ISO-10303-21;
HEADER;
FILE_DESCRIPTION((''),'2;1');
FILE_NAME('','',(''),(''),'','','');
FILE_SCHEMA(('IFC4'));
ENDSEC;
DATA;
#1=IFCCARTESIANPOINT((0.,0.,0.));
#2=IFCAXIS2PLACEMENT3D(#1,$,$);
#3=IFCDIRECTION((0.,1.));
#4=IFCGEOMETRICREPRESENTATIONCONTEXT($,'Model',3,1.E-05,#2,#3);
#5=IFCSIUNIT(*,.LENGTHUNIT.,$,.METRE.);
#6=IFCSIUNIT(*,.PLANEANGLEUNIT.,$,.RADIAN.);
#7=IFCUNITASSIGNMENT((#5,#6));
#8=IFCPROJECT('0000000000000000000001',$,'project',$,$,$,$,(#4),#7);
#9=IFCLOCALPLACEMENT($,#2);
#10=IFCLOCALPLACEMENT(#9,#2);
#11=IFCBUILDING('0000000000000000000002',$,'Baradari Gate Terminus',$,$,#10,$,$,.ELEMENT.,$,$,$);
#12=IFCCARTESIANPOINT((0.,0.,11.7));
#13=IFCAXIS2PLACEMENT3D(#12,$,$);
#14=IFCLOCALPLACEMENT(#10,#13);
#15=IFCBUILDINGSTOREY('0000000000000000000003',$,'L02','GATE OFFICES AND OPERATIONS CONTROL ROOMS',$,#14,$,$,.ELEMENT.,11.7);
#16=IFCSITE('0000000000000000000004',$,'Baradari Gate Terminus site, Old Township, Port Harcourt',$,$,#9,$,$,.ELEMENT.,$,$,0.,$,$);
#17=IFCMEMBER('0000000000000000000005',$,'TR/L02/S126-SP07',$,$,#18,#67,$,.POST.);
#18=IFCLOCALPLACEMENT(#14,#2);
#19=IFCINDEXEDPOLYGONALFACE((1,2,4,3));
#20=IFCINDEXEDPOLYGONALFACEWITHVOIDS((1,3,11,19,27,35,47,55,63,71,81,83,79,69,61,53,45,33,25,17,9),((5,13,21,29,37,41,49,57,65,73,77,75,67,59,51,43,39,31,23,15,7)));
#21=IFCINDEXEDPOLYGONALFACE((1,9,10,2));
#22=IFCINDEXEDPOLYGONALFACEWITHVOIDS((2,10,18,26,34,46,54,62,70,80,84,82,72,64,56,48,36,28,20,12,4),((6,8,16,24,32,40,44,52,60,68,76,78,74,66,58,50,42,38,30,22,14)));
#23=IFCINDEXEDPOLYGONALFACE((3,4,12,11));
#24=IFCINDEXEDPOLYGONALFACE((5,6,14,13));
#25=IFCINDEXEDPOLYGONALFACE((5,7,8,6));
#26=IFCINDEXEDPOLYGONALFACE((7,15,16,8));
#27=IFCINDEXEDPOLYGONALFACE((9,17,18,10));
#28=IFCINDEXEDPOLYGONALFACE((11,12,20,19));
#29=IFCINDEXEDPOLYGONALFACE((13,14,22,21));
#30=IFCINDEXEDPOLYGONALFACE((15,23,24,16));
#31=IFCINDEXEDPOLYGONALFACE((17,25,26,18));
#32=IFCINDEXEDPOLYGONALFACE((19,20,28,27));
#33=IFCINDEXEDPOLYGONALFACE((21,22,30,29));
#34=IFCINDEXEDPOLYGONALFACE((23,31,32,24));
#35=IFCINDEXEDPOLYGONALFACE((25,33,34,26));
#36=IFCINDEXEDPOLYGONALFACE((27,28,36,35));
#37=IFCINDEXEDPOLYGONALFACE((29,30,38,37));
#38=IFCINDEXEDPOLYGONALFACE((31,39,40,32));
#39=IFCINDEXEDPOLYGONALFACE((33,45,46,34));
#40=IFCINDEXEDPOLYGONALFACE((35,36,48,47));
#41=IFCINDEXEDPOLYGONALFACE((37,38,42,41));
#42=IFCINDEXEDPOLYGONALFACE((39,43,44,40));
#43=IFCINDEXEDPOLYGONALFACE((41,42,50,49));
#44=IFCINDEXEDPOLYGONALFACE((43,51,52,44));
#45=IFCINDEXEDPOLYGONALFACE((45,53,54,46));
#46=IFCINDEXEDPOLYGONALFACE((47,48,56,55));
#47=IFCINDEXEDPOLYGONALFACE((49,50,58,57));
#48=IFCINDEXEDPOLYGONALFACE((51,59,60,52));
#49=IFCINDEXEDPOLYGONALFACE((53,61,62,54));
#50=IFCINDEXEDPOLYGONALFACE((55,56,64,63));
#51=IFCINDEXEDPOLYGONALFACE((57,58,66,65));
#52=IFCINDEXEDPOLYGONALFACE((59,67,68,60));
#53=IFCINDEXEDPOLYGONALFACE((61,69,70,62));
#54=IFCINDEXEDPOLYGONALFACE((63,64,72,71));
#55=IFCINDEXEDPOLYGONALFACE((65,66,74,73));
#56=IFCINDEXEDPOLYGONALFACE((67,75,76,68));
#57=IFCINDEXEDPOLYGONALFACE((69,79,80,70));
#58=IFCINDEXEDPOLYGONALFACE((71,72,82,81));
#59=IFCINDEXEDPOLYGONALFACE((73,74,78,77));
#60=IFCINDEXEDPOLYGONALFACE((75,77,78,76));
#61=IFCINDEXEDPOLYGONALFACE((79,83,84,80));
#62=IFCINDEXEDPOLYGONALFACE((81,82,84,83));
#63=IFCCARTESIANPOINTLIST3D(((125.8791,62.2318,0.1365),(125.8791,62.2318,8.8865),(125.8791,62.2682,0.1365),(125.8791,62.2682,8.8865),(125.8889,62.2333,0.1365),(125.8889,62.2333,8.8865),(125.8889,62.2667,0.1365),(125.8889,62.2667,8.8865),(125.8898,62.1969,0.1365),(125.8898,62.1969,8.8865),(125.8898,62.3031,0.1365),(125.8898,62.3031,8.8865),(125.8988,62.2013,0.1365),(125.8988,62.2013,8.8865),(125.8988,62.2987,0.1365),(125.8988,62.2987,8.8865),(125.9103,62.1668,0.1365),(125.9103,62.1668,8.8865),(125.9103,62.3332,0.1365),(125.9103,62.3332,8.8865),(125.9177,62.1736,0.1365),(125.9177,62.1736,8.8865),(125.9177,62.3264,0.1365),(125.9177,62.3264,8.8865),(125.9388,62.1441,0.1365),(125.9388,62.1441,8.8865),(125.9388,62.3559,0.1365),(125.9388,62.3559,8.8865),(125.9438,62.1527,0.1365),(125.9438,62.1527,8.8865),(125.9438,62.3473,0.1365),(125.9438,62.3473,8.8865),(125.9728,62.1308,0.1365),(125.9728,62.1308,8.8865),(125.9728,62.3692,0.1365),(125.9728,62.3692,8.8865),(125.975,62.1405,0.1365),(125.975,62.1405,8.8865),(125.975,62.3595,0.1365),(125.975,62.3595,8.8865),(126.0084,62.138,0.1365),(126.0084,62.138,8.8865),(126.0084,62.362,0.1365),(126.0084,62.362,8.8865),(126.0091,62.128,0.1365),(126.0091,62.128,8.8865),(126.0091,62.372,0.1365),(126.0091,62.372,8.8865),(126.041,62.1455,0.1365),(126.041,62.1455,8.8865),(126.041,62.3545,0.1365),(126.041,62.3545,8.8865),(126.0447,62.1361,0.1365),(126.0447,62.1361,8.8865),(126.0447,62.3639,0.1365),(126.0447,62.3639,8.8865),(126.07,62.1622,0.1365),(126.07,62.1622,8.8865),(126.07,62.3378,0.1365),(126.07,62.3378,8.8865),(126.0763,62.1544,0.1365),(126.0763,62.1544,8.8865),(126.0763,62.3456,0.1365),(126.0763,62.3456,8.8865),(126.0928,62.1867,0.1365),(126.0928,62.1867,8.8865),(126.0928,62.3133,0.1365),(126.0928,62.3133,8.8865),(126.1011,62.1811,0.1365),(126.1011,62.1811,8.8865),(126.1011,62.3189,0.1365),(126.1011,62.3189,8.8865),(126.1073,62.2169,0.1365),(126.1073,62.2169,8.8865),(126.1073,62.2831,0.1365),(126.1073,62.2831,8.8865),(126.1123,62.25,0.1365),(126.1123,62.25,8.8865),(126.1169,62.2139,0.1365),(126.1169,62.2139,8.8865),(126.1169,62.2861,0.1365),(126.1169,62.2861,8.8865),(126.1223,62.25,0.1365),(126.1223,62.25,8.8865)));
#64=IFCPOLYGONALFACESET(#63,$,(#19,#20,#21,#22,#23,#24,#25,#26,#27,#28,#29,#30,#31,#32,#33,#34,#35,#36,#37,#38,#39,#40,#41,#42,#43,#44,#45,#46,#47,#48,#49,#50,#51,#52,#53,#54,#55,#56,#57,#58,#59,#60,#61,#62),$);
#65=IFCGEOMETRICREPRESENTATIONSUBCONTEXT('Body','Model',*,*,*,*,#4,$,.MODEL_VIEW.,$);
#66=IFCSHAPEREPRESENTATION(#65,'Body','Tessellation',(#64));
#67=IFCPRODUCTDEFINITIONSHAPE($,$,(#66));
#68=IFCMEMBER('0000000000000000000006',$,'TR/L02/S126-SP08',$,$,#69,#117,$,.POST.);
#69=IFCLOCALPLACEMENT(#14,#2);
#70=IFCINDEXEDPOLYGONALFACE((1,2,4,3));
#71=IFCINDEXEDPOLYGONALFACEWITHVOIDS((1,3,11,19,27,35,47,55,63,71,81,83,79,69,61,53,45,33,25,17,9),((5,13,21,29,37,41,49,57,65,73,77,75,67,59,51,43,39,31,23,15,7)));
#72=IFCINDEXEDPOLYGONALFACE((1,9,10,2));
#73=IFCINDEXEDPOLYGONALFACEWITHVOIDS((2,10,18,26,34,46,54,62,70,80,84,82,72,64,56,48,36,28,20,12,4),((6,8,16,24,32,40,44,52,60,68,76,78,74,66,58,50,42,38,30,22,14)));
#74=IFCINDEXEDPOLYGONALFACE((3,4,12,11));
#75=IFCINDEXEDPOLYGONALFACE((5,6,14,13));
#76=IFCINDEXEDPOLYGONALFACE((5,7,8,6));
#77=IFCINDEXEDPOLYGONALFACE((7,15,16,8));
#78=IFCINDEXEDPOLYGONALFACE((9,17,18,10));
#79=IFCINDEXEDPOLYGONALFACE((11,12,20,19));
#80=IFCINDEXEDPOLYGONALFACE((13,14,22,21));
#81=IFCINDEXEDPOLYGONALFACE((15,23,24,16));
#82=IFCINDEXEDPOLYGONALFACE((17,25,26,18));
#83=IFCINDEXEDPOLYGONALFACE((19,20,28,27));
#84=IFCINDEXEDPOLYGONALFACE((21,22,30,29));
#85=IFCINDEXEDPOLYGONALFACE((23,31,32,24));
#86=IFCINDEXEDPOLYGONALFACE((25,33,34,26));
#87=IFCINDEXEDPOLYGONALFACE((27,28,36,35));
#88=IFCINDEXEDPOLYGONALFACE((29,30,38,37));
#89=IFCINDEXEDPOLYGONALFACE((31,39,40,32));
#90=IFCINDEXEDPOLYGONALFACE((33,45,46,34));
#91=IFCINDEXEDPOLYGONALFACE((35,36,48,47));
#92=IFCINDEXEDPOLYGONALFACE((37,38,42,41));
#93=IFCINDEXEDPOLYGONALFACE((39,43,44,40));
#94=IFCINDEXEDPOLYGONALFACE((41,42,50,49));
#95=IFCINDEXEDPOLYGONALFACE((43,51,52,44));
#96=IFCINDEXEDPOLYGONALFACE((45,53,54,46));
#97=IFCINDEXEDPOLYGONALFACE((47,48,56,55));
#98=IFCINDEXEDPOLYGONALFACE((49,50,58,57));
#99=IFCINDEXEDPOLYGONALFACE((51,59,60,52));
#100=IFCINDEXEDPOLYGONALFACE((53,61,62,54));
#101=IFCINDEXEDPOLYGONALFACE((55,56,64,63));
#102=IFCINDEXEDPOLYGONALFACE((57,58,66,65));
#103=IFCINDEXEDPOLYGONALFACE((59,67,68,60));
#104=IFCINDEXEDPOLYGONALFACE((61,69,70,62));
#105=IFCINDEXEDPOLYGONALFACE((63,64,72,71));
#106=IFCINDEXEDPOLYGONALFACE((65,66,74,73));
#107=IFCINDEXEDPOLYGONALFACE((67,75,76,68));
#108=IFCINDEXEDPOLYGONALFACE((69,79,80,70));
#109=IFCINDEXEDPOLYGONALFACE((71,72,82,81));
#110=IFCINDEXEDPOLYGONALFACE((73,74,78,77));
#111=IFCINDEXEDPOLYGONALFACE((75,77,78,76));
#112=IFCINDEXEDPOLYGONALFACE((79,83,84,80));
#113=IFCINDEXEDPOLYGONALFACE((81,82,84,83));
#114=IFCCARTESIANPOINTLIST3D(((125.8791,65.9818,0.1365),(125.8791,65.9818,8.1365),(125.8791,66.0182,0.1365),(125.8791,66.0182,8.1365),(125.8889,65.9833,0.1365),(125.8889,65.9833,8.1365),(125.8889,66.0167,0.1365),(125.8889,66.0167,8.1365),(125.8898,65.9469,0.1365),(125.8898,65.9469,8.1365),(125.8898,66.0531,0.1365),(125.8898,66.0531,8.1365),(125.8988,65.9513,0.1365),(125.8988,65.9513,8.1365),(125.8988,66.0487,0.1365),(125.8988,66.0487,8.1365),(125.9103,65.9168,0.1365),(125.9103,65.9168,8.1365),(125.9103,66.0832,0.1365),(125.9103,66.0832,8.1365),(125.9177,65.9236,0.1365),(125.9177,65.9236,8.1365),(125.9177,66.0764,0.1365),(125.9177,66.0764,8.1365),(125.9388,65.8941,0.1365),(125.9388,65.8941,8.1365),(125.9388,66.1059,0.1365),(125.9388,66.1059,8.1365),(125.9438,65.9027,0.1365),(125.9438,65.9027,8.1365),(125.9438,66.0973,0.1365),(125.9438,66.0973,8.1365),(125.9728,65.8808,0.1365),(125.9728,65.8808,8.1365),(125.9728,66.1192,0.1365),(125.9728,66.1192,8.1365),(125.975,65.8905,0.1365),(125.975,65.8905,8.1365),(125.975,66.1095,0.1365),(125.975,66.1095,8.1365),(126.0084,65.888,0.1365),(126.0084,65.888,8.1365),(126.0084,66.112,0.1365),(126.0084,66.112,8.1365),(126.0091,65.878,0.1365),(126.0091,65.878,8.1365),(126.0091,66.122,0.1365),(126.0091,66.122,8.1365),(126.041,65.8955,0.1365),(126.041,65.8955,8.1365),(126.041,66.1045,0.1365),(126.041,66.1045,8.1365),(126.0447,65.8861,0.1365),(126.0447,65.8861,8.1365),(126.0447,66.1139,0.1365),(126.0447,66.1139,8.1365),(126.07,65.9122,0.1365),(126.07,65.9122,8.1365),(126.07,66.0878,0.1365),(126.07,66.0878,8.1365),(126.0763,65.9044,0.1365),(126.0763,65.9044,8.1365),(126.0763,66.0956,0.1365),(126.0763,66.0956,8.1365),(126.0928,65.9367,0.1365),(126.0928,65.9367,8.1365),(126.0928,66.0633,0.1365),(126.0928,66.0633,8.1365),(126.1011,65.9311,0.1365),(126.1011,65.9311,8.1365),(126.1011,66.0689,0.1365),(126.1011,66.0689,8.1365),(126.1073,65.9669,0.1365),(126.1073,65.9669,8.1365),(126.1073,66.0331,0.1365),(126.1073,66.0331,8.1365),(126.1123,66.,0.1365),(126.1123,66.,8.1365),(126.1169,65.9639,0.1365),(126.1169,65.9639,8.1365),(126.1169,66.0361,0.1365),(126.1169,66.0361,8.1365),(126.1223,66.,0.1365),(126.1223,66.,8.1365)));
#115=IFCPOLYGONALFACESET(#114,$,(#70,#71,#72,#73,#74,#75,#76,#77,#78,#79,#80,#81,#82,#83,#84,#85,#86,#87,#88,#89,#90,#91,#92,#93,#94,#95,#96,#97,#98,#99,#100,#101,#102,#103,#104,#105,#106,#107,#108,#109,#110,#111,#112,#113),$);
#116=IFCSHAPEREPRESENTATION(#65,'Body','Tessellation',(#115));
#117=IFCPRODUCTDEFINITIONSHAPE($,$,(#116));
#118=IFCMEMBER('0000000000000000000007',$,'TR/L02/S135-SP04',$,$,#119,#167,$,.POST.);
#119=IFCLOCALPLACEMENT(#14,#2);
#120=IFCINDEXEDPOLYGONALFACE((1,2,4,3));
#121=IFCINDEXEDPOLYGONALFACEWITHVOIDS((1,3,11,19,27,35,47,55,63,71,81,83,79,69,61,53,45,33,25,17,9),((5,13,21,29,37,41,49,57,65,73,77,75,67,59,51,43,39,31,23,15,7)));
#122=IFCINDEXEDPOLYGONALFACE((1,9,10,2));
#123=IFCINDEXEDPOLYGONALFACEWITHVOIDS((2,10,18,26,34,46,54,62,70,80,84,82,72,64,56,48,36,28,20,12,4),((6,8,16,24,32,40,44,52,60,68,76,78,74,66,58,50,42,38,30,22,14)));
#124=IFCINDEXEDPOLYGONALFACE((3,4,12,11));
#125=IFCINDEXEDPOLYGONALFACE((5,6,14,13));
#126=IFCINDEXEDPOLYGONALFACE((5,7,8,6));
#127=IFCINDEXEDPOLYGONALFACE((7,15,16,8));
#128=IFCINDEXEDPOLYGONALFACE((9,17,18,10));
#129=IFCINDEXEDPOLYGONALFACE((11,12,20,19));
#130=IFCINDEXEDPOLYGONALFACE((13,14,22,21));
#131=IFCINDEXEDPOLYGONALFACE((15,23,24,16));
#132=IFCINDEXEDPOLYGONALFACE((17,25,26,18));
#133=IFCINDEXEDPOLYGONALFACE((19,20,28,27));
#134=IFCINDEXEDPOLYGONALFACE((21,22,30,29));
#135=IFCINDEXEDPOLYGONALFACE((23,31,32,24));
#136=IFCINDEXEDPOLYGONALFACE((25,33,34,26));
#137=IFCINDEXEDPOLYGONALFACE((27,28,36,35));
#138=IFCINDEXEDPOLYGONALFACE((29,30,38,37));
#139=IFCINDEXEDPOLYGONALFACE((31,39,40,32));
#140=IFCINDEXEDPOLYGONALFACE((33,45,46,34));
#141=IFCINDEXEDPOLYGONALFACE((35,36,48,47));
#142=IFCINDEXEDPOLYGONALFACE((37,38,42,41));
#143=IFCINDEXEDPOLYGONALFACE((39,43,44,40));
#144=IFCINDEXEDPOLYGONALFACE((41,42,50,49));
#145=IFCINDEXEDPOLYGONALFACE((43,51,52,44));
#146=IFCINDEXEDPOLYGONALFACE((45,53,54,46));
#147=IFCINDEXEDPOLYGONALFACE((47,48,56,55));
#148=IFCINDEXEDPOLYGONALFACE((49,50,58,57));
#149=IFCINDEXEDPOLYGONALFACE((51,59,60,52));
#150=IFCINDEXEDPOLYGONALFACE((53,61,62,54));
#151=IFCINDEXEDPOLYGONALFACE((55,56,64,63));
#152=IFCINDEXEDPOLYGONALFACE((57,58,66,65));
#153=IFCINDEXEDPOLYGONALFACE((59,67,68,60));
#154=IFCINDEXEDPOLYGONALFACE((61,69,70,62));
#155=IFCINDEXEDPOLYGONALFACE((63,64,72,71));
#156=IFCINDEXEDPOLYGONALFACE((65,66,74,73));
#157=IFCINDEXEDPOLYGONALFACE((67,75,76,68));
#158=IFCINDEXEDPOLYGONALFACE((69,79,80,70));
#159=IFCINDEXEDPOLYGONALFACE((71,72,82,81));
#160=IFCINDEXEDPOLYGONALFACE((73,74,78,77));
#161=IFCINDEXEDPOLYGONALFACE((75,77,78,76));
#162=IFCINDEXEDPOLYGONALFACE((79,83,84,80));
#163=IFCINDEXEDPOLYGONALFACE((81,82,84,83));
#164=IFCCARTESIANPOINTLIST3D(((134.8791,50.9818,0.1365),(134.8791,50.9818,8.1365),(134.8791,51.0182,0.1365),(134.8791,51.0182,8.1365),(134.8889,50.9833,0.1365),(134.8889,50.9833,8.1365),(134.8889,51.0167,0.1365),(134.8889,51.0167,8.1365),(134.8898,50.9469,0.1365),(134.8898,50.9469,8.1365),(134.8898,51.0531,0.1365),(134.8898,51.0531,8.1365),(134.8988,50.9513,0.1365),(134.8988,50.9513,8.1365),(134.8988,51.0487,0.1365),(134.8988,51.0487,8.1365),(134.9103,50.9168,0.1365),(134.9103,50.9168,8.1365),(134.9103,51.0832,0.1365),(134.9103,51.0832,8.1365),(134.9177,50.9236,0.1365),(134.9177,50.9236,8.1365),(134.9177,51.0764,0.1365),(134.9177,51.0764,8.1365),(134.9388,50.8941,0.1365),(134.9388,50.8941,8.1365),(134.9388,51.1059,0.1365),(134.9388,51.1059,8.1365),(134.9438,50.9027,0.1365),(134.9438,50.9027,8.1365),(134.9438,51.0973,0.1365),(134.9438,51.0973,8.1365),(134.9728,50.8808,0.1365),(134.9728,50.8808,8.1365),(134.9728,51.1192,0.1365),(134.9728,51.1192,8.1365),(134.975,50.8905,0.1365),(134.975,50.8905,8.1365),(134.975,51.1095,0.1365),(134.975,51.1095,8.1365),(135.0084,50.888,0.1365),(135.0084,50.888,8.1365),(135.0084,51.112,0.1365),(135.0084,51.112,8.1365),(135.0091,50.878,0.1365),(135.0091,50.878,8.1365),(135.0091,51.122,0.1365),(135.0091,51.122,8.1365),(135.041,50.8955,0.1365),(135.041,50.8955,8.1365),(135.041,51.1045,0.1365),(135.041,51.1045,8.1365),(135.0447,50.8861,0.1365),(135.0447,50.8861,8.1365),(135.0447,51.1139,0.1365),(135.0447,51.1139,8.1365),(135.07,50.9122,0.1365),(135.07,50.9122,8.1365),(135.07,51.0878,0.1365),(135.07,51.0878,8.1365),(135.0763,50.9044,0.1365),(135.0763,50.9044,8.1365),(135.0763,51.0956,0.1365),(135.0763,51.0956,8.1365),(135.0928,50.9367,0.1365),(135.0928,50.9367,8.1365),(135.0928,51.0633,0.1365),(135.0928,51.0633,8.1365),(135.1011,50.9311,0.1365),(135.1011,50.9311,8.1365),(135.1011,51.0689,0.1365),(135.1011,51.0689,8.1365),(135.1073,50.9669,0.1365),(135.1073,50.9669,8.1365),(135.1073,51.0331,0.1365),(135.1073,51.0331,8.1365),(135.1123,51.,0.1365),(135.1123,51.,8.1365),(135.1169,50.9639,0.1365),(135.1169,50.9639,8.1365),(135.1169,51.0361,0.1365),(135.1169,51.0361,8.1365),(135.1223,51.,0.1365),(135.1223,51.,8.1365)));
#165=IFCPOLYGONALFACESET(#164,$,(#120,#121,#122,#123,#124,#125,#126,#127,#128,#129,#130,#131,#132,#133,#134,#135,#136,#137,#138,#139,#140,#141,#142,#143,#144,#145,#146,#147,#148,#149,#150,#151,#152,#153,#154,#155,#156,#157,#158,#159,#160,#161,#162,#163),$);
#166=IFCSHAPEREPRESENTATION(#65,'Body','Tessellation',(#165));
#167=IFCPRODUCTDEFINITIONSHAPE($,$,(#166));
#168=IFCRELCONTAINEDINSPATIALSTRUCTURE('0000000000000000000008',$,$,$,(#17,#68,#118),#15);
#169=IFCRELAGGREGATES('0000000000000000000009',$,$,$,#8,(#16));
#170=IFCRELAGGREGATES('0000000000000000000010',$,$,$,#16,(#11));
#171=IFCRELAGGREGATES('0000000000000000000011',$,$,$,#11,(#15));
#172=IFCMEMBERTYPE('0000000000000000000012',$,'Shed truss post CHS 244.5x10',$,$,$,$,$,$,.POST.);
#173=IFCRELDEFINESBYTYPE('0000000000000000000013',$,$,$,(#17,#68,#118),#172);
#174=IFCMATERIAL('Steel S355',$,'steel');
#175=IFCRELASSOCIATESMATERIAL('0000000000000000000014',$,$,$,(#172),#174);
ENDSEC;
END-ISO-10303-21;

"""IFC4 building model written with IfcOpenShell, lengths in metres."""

from ifc_helpers import new_model, si_unit, direction, frame, origin, origin_2d, place, context, subcontext, project, spatial, hollow_circle, extrude, material, material_profile, profile_set, type_object, element, save


model = new_model("IFC4")

# Units and contexts
model_context = context("Model", 3, precision=1e-05, world=origin(), true_north=direction((0.0, 1.0)))
body_context = subcontext(model_context, "Body", "Model", "MODEL_VIEW")
ifc_project = project(units=[si_unit("LENGTHUNIT", "METRE"), si_unit("PLANEANGLEUNIT", "RADIAN")], contexts=[model_context])

# Site, building, storey
site_placement = place(None, origin())
site = spatial("IfcSite", under=ifc_project, at=site_placement, Name="Baradari Gate Terminus site, Old Township, Port Harcourt", CompositionType="ELEMENT", RefElevation=0.0)
building_placement = place(site_placement, origin())
building = spatial("IfcBuilding", under=site, at=building_placement, Name="Baradari Gate Terminus", CompositionType="ELEMENT")
storey_placement = place(building_placement, frame((0.0, 0.0, 11.7)))
storey = spatial("IfcBuildingStorey", under=building, at=storey_placement, Name="L02", Description="GATE OFFICES AND OPERATIONS CONTROL ROOMS", CompositionType="ELEMENT", Elevation=11.7)

# Members
ifc_material_1 = material(Name="Steel S355", Category="steel")
ifc_material_profile_1 = material_profile(ifc_material_1, hollow_circle(Radius=0.1223, WallThickness=0.01, at=origin_2d()), Name="CHS 244.5x10")
ifc_profile_set_1 = profile_set([ifc_material_profile_1], Name="Steel S355")
member_type_1 = type_object("IfcMemberType", Name="Shed truss post CHS 244.5x10", PredefinedType="POST", material=ifc_profile_set_1)
member_1_placement = place(storey_placement, frame((126.0, 62.25, 0.1365), z_axis=(0.0, 0.0, 1.0), x_axis=(1.0, 0.0, 0.0)))
element("IfcMember", 1, at=member_1_placement, inside=storey, type_object=member_type_1, Name="TR/L02/S126-SP07", PredefinedType="POST", context=body_context, shape_type="SweptSolid", body=[
    extrude(hollow_circle(Radius=0.1223, WallThickness=0.01, at=origin_2d()), origin(), (0.0, 0.0, 1.0), 8.75),
])
for number, where, z_axis, x_axis, name in (
    (2, (126.0, 66.0, 0.1365), (0.0, 0.0, 1.0), (1.0, 0.0, 0.0), "TR/L02/S126-SP08"),
    (3, (135.0, 51.0, 0.1365), (0.0, 0.0, 1.0), (1.0, 0.0, 0.0), "TR/L02/S135-SP04"),
):
    element("IfcMember", number, at=place(storey_placement, frame(where, z_axis=z_axis, x_axis=x_axis)), inside=storey, type_object=member_type_1, Name=name, PredefinedType="POST", context=body_context, shape_type="SweptSolid", body=[
        extrude(hollow_circle(Radius=0.1223, WallThickness=0.01, at=origin_2d()), origin(), (0.0, 0.0, 1.0), 8.0),
    ])

save(model, "model.ifc")
